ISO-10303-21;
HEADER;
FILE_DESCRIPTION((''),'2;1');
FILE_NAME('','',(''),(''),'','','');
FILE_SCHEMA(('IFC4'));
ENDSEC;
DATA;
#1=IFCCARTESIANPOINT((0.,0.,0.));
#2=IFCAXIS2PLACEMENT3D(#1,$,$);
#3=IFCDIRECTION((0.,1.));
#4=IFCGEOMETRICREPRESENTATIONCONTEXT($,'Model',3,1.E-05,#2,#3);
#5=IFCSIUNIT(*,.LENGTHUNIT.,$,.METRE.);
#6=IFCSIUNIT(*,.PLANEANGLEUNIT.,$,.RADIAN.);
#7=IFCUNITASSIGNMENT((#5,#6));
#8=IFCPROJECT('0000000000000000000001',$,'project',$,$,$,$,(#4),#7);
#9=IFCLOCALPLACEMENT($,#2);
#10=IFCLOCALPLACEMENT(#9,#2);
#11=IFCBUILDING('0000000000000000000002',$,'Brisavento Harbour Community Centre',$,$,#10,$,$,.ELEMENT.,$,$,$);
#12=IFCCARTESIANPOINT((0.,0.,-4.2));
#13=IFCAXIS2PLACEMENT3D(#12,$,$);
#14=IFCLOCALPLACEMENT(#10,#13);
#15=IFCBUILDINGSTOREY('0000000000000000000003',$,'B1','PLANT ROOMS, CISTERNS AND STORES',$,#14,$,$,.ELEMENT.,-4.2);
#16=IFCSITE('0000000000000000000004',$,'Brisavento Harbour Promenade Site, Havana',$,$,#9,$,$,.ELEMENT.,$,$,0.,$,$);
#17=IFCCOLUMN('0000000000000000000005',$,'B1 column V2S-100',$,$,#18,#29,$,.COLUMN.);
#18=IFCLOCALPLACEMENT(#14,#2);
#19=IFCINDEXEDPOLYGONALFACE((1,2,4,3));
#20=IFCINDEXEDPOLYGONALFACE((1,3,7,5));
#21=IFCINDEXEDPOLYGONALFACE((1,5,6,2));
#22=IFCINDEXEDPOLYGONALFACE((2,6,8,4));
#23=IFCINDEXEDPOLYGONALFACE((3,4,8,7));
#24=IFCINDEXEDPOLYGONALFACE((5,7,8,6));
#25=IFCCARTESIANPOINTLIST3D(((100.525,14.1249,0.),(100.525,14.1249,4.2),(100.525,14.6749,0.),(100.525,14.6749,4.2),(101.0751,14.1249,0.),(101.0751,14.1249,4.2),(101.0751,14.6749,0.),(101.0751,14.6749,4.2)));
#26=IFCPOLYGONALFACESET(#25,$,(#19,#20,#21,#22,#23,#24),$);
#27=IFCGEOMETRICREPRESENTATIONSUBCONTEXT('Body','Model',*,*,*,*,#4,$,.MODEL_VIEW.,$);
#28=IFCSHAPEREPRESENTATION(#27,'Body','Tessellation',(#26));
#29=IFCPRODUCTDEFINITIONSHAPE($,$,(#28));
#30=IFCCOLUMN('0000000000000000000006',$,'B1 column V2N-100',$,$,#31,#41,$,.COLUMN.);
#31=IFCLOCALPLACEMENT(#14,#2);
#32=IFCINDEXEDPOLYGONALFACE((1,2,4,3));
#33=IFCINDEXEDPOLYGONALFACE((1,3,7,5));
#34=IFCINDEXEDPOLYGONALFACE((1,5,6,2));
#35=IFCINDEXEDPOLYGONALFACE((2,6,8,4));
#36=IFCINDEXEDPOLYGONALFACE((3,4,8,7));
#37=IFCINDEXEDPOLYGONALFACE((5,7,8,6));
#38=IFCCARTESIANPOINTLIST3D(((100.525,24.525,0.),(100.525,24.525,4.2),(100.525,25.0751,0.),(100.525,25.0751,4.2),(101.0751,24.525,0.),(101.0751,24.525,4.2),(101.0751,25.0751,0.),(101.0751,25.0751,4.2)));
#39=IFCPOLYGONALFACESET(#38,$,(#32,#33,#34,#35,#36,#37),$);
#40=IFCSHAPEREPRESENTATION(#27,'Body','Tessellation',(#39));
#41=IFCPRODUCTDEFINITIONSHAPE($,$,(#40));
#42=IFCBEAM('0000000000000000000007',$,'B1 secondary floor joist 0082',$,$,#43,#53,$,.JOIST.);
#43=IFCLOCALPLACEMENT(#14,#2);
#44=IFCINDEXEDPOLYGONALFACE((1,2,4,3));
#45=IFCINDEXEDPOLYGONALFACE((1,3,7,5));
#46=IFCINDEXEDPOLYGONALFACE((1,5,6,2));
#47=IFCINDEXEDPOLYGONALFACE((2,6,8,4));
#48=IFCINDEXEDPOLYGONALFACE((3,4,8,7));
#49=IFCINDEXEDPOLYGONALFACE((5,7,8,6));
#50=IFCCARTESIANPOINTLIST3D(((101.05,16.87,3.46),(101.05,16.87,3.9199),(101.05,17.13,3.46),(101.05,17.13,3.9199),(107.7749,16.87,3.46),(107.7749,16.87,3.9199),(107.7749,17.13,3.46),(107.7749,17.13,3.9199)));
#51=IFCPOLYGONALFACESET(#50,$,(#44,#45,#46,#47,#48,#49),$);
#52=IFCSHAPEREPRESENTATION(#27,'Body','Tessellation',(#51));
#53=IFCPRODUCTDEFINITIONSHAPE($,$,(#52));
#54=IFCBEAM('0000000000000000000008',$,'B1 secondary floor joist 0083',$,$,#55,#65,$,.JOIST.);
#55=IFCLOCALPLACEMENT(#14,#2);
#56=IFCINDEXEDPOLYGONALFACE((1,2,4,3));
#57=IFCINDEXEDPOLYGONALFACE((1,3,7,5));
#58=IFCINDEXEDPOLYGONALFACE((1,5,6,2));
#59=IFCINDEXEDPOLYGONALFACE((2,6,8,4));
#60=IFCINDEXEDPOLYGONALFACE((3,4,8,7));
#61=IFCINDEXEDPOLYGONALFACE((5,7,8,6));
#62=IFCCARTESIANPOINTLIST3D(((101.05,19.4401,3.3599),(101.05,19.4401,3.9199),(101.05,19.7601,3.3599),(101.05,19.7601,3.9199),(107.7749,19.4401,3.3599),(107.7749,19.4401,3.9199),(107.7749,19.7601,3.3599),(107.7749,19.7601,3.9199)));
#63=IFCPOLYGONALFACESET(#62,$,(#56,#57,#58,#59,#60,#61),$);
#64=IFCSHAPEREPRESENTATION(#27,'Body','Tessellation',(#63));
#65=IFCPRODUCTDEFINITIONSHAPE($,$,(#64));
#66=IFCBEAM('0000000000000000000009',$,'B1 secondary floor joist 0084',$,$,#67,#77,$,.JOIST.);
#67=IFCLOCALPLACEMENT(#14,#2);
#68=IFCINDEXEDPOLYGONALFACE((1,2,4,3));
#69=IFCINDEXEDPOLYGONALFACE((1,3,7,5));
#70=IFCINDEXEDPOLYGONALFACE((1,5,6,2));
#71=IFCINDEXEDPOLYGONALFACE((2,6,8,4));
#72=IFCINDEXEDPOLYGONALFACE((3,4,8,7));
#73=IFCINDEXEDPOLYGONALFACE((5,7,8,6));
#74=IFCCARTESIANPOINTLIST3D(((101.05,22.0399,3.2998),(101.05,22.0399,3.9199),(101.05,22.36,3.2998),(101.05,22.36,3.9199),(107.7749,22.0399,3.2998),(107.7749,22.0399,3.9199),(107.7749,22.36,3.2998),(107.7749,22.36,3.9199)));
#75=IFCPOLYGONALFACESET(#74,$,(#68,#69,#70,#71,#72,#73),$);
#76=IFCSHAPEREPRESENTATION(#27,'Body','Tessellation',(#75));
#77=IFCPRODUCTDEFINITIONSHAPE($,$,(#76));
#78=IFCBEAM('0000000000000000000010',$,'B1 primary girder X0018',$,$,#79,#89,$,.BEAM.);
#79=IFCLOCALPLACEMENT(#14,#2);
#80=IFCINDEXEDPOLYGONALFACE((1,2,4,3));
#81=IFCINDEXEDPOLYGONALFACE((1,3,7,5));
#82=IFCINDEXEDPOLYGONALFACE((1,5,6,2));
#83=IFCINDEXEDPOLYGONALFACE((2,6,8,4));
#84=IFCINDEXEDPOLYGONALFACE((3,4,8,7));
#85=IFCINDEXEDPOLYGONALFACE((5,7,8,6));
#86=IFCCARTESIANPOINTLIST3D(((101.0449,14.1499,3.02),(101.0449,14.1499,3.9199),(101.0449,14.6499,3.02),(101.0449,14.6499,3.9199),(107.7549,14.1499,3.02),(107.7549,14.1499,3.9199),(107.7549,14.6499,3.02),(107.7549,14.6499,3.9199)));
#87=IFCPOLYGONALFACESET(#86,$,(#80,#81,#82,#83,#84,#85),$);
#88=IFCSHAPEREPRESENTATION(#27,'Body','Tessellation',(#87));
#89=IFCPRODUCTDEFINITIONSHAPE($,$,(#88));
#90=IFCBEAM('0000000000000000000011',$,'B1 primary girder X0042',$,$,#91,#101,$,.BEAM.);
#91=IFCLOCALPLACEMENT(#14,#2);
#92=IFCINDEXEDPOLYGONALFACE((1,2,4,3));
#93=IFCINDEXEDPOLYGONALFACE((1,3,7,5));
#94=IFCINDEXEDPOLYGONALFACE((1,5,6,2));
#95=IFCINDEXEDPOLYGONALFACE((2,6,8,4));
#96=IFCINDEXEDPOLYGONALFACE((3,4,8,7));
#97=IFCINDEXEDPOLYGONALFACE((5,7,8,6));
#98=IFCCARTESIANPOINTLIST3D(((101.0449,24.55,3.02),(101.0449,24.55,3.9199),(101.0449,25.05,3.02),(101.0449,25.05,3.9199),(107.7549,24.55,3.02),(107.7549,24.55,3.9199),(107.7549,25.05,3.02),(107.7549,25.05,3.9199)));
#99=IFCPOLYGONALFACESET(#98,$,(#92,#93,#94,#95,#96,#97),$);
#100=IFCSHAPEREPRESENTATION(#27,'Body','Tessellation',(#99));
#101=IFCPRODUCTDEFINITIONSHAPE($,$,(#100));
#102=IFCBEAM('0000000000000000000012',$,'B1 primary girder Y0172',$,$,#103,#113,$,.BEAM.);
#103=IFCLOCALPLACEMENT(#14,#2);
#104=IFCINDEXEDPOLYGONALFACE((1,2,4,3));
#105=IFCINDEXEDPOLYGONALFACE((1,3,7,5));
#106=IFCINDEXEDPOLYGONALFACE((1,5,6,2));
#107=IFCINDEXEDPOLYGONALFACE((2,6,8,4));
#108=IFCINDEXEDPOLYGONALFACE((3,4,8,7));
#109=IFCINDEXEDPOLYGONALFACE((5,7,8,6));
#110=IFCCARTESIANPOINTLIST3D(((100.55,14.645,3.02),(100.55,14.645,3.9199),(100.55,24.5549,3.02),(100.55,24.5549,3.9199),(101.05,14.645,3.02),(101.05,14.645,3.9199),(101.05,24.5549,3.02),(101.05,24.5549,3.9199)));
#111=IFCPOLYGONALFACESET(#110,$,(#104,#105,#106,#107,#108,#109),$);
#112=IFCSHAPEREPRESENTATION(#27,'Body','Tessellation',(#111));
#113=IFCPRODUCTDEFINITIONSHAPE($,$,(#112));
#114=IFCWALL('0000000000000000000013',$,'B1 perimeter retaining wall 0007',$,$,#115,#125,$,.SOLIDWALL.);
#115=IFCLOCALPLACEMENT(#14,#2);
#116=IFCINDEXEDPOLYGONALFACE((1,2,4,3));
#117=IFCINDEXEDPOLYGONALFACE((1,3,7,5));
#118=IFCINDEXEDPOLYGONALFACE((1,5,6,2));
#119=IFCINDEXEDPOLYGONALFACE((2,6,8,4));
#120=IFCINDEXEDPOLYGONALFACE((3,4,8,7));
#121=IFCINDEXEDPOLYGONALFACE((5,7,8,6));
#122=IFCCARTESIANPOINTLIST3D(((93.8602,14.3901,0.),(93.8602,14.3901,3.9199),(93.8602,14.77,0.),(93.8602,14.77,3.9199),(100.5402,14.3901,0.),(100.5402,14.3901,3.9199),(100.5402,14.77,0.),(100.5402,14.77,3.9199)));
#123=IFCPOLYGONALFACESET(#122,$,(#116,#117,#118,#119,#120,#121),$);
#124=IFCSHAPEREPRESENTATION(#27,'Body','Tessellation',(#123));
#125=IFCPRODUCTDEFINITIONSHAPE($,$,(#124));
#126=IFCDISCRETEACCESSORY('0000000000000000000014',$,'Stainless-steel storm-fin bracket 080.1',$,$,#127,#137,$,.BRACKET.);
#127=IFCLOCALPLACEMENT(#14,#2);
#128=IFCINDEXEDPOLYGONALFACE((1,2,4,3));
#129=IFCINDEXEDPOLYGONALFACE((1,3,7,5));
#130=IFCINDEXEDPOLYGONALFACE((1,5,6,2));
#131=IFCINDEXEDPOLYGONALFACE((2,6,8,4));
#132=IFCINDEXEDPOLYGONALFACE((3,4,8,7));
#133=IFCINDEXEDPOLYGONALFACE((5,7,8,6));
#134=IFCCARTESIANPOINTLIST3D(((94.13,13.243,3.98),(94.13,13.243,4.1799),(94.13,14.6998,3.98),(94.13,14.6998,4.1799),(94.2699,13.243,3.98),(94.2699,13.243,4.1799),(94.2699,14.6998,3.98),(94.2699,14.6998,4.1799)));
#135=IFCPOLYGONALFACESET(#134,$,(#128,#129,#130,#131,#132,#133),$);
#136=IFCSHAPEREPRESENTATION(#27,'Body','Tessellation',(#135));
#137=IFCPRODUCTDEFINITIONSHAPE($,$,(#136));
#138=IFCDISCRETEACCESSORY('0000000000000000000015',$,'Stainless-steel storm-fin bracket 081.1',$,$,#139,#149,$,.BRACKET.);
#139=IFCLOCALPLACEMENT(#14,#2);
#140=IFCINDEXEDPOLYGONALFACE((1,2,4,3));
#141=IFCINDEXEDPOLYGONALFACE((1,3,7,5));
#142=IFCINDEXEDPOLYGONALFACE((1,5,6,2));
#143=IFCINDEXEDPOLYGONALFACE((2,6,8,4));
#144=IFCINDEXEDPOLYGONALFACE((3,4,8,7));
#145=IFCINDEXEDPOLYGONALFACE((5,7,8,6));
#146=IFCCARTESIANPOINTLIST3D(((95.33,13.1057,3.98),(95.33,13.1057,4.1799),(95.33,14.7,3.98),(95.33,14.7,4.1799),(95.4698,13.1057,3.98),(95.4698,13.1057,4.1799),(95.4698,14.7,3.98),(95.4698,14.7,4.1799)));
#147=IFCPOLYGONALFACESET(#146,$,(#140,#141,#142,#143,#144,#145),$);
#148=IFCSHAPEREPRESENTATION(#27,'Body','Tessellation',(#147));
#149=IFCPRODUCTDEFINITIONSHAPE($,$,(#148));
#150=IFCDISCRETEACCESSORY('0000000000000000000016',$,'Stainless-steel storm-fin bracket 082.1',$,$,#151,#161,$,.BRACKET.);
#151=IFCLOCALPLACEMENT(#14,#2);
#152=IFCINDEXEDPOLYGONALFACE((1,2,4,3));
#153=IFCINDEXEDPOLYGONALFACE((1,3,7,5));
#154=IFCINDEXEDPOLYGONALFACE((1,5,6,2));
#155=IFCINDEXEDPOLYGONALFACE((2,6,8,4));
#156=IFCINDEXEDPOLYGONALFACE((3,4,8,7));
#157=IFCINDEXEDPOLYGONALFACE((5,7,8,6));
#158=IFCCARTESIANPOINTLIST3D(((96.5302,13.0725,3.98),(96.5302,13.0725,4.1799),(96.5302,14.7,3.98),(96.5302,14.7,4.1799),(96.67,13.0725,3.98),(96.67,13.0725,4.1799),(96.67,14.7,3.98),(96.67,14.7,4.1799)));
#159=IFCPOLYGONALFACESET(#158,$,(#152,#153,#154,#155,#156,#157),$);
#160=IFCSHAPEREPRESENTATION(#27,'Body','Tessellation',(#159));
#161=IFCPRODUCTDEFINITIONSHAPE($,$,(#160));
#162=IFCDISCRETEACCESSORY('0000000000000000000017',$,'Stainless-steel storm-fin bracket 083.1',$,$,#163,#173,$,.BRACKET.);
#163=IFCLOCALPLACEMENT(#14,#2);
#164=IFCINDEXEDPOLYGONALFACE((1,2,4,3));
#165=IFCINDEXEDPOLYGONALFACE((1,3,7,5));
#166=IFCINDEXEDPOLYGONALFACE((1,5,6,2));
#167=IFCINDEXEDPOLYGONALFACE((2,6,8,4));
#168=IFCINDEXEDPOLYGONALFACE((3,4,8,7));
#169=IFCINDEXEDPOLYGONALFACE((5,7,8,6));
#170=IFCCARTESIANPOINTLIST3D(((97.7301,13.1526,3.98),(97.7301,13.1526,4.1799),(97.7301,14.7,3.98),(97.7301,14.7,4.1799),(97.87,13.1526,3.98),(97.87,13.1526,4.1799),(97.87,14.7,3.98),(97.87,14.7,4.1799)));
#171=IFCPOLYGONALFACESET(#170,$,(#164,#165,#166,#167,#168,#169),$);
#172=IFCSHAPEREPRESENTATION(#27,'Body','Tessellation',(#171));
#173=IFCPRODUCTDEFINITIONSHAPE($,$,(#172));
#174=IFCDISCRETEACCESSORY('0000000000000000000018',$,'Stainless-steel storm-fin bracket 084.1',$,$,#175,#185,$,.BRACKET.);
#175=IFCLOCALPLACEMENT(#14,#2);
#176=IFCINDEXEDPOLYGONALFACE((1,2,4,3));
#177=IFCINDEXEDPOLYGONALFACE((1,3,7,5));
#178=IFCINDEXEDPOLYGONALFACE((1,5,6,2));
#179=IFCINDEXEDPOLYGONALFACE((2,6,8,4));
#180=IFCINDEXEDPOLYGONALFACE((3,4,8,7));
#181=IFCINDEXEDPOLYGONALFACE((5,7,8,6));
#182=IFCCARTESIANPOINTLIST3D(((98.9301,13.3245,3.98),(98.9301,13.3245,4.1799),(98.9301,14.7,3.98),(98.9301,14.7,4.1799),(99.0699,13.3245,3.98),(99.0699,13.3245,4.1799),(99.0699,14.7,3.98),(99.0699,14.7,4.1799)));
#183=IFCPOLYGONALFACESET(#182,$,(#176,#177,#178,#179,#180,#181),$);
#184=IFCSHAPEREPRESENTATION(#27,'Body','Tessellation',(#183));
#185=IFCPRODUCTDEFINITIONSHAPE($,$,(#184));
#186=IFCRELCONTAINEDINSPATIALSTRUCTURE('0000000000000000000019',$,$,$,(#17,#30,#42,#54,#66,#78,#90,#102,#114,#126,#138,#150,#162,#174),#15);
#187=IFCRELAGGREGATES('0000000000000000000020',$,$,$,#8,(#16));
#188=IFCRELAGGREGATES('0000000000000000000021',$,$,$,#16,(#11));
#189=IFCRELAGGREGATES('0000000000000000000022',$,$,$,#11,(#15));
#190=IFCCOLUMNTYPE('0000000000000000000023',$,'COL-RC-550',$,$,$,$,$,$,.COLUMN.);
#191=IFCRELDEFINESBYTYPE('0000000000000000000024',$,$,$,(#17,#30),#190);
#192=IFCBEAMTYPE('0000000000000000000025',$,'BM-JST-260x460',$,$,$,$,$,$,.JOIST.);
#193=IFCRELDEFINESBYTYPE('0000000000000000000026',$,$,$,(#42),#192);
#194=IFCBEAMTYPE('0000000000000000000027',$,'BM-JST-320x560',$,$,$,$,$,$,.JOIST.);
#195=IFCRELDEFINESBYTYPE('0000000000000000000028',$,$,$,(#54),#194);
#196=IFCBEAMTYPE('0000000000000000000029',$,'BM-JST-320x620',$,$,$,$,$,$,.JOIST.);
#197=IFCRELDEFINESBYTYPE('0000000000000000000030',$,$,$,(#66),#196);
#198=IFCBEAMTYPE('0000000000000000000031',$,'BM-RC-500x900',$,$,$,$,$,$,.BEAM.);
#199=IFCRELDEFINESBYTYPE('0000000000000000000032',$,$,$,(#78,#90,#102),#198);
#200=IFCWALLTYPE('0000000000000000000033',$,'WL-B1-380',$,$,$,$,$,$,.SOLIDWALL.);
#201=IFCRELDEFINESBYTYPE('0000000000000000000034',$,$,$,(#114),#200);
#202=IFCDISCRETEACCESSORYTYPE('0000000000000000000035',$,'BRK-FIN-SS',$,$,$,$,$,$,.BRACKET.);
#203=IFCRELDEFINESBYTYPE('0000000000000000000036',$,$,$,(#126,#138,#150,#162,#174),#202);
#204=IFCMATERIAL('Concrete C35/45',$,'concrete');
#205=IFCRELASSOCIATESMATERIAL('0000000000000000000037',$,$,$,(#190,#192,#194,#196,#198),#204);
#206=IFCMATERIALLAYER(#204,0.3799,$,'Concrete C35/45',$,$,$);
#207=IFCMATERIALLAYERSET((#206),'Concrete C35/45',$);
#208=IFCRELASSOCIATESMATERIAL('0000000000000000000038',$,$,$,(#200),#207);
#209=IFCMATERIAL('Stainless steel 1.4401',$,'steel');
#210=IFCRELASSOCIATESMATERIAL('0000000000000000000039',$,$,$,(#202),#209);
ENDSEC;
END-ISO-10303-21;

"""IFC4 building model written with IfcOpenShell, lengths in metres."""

from ifc_helpers import new_model, si_unit, direction, frame, frame_2d, origin, origin_2d, place, context, subcontext, project, spatial, rectangle, extrude, material, layer, layer_set, material_profile, profile_set, type_object, element, save


model = new_model("IFC4")

# Units and contexts
model_context = context("Model", 3, precision=1e-05, world=origin(), true_north=direction((0.0, 1.0)))
body_context = subcontext(model_context, "Body", "Model", "MODEL_VIEW")
ifc_project = project(units=[si_unit("LENGTHUNIT", "METRE"), si_unit("PLANEANGLEUNIT", "RADIAN")], contexts=[model_context])

# Site, building, storey
site_placement = place(None, origin())
site = spatial("IfcSite", under=ifc_project, at=site_placement, Name="Brisavento Harbour Promenade Site, Havana", CompositionType="ELEMENT", RefElevation=0.0)
building_placement = place(site_placement, origin())
building = spatial("IfcBuilding", under=site, at=building_placement, Name="Brisavento Harbour Community Centre", CompositionType="ELEMENT")
storey_placement = place(building_placement, frame((0.0, 0.0, -4.2)))
storey = spatial("IfcBuildingStorey", under=building, at=storey_placement, Name="B1", Description="PLANT ROOMS, CISTERNS AND STORES", CompositionType="ELEMENT", Elevation=-4.2)

# Shared definitions
ifc_material_1 = material(Name="Concrete C35/45", Category="concrete")

# Columns
ifc_material_profile_1 = material_profile(ifc_material_1, rectangle(XDim=0.55, YDim=0.55, at=origin_2d()), Name="Concrete C35/45")
ifc_profile_set_1 = profile_set([ifc_material_profile_1], Name="Concrete C35/45")
column_type = type_object("IfcColumnType", Name="COL-RC-550", PredefinedType="COLUMN", material=ifc_profile_set_1)
for number, where, z_axis, x_axis, name in (
    (1, (100.8, 14.3999, 0.0), (0.0, 0.0, 1.0), (1.0, 0.0, 0.0), "B1 column V2S-100"),
    (2, (100.8, 24.8, 0.0), (0.0, 0.0, 1.0), (1.0, 0.0, 0.0), "B1 column V2N-100"),
):
    element("IfcColumn", number, at=place(storey_placement, frame(where, z_axis=z_axis, x_axis=x_axis)), inside=storey, type_object=column_type, Name=name, PredefinedType="COLUMN", context=body_context, shape_type="SweptSolid", body=[
        extrude(rectangle(XDim=0.55, YDim=0.55, at=origin_2d()), origin(), (0.0, 0.0, 1.0), 4.2),
    ])

# Beams
ifc_material_profile_2 = material_profile(ifc_material_1, rectangle(XDim=0.26, YDim=0.46, at=origin_2d()), Name="Concrete C35/45")
ifc_profile_set_2 = profile_set([ifc_material_profile_2], Name="Concrete C35/45")
beam_type_1 = type_object("IfcBeamType", Name="BM-JST-260x460", PredefinedType="JOIST", material=ifc_profile_set_2)
beam_1_placement = place(storey_placement, frame((101.05, 17.0, 3.6899), z_axis=(1.0, 0.0, 0.0), x_axis=(0.0, 1.0, 0.0)))
element("IfcBeam", 3, at=beam_1_placement, inside=storey, type_object=beam_type_1, Name="B1 secondary floor joist 0082", PredefinedType="JOIST", context=body_context, shape_type="SweptSolid", body=[
    extrude(rectangle(XDim=0.26, YDim=0.46, at=origin_2d()), origin(), (0.0, 0.0, 1.0), 6.7249),
])
ifc_material_profile_3 = material_profile(ifc_material_1, rectangle(XDim=0.3201, YDim=0.5601, at=origin_2d()), Name="Concrete C35/45")
ifc_profile_set_3 = profile_set([ifc_material_profile_3], Name="Concrete C35/45")
beam_type_2 = type_object("IfcBeamType", Name="BM-JST-320x560", PredefinedType="JOIST", material=ifc_profile_set_3)
beam_2_placement = place(storey_placement, frame((101.05, 19.6001, 3.6399), z_axis=(1.0, 0.0, 0.0), x_axis=(0.0, 1.0, 0.0)))
element("IfcBeam", 4, at=beam_2_placement, inside=storey, type_object=beam_type_2, Name="B1 secondary floor joist 0083", PredefinedType="JOIST", context=body_context, shape_type="SweptSolid", body=[
    extrude(rectangle(XDim=0.3201, YDim=0.5601, at=origin_2d()), origin(), (0.0, 0.0, 1.0), 6.7249),
])
ifc_material_profile_4 = material_profile(ifc_material_1, rectangle(XDim=0.3201, YDim=0.6201, at=origin_2d()), Name="Concrete C35/45")
ifc_profile_set_4 = profile_set([ifc_material_profile_4], Name="Concrete C35/45")
beam_type_3 = type_object("IfcBeamType", Name="BM-JST-320x620", PredefinedType="JOIST", material=ifc_profile_set_4)
beam_3_placement = place(storey_placement, frame((101.05, 22.2, 3.6099), z_axis=(1.0, 0.0, 0.0), x_axis=(0.0, 1.0, 0.0)))
element("IfcBeam", 5, at=beam_3_placement, inside=storey, type_object=beam_type_3, Name="B1 secondary floor joist 0084", PredefinedType="JOIST", context=body_context, shape_type="SweptSolid", body=[
    extrude(rectangle(XDim=0.3201, YDim=0.6201, at=origin_2d()), origin(), (0.0, 0.0, 1.0), 6.7249),
])
ifc_material_profile_5 = material_profile(ifc_material_1, rectangle(XDim=0.5, YDim=0.8999, at=origin_2d()), Name="Concrete C35/45")
ifc_profile_set_5 = profile_set([ifc_material_profile_5], Name="Concrete C35/45")
beam_type_4 = type_object("IfcBeamType", Name="BM-RC-500x900", PredefinedType="BEAM", material=ifc_profile_set_5)
for number, where, z_axis, x_axis, name in (
    (6, (101.0449, 14.3999, 3.47), (1.0, 0.0, 0.0), (0.0, 1.0, 0.0), "B1 primary girder X0018"),
    (7, (101.0449, 24.8, 3.47), (1.0, 0.0, 0.0), (0.0, 1.0, 0.0), "B1 primary girder X0042"),
):
    element("IfcBeam", number, at=place(storey_placement, frame(where, z_axis=z_axis, x_axis=x_axis)), inside=storey, type_object=beam_type_4, Name=name, PredefinedType="BEAM", context=body_context, shape_type="SweptSolid", body=[
        extrude(rectangle(XDim=0.5, YDim=0.8999, at=origin_2d()), origin(), (0.0, 0.0, 1.0), 6.71),
    ])
beam_4_placement = place(storey_placement, frame((100.8, 14.645, 3.47), z_axis=(0.0, 1.0, 0.0), x_axis=(-1.0, 0.0, 0.0)))
element("IfcBeam", 8, at=beam_4_placement, inside=storey, type_object=beam_type_4, Name="B1 primary girder Y0172", PredefinedType="BEAM", context=body_context, shape_type="SweptSolid", body=[
    extrude(rectangle(XDim=0.5, YDim=0.8999, at=origin_2d()), origin(), (0.0, 0.0, 1.0), 9.9099),
])

# Wall
ifc_layer = layer(ifc_material_1, 0.3799, Name="Concrete C35/45")
ifc_layer_set = layer_set([ifc_layer], Name="Concrete C35/45")
wall_type = type_object("IfcWallType", Name="WL-B1-380", PredefinedType="SOLIDWALL", material=ifc_layer_set)
wall_placement = place(storey_placement, frame((100.54, 14.5801, 0.0), z_axis=(0.0, 0.0, 1.0), x_axis=(-1.0, 0.0, 0.0)))
element("IfcWall", 9, at=wall_placement, inside=storey, type_object=wall_type, Name="B1 perimeter retaining wall 0007", PredefinedType="SOLIDWALL", context=body_context, shape_type="SweptSolid", body=[
    extrude(rectangle(XDim=6.6799, YDim=0.3799, at=frame_2d((3.3398, 0.0))), origin(), (0.0, 0.0, 1.0), 3.9199),
])

# Discrete accessories
ifc_material_2 = material(Name="Stainless steel 1.4401", Category="steel")
discrete_accessory_type = type_object("IfcDiscreteAccessoryType", Name="BRK-FIN-SS", PredefinedType="BRACKET", material=ifc_material_2)
discrete_accessory_1_placement = place(storey_placement, frame((94.2, 13.9714, 3.98), z_axis=(0.0, 0.0, 1.0), x_axis=(0.0, -1.0, 0.0)))
element("IfcDiscreteAccessory", 10, at=discrete_accessory_1_placement, inside=storey, type_object=discrete_accessory_type, Name="Stainless-steel storm-fin bracket 080.1", PredefinedType="BRACKET", context=body_context, shape_type="SweptSolid", body=[
    extrude(rectangle(XDim=1.4568, YDim=0.1399, at=origin_2d()), origin(), (0.0, 0.0, 1.0), 0.2),
])
discrete_accessory_2_placement = place(storey_placement, frame((95.3999, 13.9028, 3.98), z_axis=(0.0, 0.0, 1.0), x_axis=(0.0, -1.0, 0.0)))
element("IfcDiscreteAccessory", 11, at=discrete_accessory_2_placement, inside=storey, type_object=discrete_accessory_type, Name="Stainless-steel storm-fin bracket 081.1", PredefinedType="BRACKET", context=body_context, shape_type="SweptSolid", body=[
    extrude(rectangle(XDim=1.5942, YDim=0.1399, at=origin_2d()), origin(), (0.0, 0.0, 1.0), 0.2),
])
discrete_accessory_3_placement = place(storey_placement, frame((96.6001, 13.8862, 3.98), z_axis=(0.0, 0.0, 1.0), x_axis=(0.0, -1.0, 0.0)))
element("IfcDiscreteAccessory", 12, at=discrete_accessory_3_placement, inside=storey, type_object=discrete_accessory_type, Name="Stainless-steel storm-fin bracket 082.1", PredefinedType="BRACKET", context=body_context, shape_type="SweptSolid", body=[
    extrude(rectangle(XDim=1.6274, YDim=0.1399, at=origin_2d()), origin(), (0.0, 0.0, 1.0), 0.2),
])
discrete_accessory_4_placement = place(storey_placement, frame((97.8, 13.9263, 3.98), z_axis=(0.0, 0.0, 1.0), x_axis=(0.0, -1.0, 0.0)))
element("IfcDiscreteAccessory", 13, at=discrete_accessory_4_placement, inside=storey, type_object=discrete_accessory_type, Name="Stainless-steel storm-fin bracket 083.1", PredefinedType="BRACKET", context=body_context, shape_type="SweptSolid", body=[
    extrude(rectangle(XDim=1.5474, YDim=0.1399, at=origin_2d()), origin(), (0.0, 0.0, 1.0), 0.2),
])
discrete_accessory_5_placement = place(storey_placement, frame((99.0, 14.0122, 3.98), z_axis=(0.0, 0.0, 1.0), x_axis=(0.0, -1.0, 0.0)))
element("IfcDiscreteAccessory", 14, at=discrete_accessory_5_placement, inside=storey, type_object=discrete_accessory_type, Name="Stainless-steel storm-fin bracket 084.1", PredefinedType="BRACKET", context=body_context, shape_type="SweptSolid", body=[
    extrude(rectangle(XDim=1.3755, YDim=0.1399, at=origin_2d()), origin(), (0.0, 0.0, 1.0), 0.2),
])

save(model, "model.ifc")
